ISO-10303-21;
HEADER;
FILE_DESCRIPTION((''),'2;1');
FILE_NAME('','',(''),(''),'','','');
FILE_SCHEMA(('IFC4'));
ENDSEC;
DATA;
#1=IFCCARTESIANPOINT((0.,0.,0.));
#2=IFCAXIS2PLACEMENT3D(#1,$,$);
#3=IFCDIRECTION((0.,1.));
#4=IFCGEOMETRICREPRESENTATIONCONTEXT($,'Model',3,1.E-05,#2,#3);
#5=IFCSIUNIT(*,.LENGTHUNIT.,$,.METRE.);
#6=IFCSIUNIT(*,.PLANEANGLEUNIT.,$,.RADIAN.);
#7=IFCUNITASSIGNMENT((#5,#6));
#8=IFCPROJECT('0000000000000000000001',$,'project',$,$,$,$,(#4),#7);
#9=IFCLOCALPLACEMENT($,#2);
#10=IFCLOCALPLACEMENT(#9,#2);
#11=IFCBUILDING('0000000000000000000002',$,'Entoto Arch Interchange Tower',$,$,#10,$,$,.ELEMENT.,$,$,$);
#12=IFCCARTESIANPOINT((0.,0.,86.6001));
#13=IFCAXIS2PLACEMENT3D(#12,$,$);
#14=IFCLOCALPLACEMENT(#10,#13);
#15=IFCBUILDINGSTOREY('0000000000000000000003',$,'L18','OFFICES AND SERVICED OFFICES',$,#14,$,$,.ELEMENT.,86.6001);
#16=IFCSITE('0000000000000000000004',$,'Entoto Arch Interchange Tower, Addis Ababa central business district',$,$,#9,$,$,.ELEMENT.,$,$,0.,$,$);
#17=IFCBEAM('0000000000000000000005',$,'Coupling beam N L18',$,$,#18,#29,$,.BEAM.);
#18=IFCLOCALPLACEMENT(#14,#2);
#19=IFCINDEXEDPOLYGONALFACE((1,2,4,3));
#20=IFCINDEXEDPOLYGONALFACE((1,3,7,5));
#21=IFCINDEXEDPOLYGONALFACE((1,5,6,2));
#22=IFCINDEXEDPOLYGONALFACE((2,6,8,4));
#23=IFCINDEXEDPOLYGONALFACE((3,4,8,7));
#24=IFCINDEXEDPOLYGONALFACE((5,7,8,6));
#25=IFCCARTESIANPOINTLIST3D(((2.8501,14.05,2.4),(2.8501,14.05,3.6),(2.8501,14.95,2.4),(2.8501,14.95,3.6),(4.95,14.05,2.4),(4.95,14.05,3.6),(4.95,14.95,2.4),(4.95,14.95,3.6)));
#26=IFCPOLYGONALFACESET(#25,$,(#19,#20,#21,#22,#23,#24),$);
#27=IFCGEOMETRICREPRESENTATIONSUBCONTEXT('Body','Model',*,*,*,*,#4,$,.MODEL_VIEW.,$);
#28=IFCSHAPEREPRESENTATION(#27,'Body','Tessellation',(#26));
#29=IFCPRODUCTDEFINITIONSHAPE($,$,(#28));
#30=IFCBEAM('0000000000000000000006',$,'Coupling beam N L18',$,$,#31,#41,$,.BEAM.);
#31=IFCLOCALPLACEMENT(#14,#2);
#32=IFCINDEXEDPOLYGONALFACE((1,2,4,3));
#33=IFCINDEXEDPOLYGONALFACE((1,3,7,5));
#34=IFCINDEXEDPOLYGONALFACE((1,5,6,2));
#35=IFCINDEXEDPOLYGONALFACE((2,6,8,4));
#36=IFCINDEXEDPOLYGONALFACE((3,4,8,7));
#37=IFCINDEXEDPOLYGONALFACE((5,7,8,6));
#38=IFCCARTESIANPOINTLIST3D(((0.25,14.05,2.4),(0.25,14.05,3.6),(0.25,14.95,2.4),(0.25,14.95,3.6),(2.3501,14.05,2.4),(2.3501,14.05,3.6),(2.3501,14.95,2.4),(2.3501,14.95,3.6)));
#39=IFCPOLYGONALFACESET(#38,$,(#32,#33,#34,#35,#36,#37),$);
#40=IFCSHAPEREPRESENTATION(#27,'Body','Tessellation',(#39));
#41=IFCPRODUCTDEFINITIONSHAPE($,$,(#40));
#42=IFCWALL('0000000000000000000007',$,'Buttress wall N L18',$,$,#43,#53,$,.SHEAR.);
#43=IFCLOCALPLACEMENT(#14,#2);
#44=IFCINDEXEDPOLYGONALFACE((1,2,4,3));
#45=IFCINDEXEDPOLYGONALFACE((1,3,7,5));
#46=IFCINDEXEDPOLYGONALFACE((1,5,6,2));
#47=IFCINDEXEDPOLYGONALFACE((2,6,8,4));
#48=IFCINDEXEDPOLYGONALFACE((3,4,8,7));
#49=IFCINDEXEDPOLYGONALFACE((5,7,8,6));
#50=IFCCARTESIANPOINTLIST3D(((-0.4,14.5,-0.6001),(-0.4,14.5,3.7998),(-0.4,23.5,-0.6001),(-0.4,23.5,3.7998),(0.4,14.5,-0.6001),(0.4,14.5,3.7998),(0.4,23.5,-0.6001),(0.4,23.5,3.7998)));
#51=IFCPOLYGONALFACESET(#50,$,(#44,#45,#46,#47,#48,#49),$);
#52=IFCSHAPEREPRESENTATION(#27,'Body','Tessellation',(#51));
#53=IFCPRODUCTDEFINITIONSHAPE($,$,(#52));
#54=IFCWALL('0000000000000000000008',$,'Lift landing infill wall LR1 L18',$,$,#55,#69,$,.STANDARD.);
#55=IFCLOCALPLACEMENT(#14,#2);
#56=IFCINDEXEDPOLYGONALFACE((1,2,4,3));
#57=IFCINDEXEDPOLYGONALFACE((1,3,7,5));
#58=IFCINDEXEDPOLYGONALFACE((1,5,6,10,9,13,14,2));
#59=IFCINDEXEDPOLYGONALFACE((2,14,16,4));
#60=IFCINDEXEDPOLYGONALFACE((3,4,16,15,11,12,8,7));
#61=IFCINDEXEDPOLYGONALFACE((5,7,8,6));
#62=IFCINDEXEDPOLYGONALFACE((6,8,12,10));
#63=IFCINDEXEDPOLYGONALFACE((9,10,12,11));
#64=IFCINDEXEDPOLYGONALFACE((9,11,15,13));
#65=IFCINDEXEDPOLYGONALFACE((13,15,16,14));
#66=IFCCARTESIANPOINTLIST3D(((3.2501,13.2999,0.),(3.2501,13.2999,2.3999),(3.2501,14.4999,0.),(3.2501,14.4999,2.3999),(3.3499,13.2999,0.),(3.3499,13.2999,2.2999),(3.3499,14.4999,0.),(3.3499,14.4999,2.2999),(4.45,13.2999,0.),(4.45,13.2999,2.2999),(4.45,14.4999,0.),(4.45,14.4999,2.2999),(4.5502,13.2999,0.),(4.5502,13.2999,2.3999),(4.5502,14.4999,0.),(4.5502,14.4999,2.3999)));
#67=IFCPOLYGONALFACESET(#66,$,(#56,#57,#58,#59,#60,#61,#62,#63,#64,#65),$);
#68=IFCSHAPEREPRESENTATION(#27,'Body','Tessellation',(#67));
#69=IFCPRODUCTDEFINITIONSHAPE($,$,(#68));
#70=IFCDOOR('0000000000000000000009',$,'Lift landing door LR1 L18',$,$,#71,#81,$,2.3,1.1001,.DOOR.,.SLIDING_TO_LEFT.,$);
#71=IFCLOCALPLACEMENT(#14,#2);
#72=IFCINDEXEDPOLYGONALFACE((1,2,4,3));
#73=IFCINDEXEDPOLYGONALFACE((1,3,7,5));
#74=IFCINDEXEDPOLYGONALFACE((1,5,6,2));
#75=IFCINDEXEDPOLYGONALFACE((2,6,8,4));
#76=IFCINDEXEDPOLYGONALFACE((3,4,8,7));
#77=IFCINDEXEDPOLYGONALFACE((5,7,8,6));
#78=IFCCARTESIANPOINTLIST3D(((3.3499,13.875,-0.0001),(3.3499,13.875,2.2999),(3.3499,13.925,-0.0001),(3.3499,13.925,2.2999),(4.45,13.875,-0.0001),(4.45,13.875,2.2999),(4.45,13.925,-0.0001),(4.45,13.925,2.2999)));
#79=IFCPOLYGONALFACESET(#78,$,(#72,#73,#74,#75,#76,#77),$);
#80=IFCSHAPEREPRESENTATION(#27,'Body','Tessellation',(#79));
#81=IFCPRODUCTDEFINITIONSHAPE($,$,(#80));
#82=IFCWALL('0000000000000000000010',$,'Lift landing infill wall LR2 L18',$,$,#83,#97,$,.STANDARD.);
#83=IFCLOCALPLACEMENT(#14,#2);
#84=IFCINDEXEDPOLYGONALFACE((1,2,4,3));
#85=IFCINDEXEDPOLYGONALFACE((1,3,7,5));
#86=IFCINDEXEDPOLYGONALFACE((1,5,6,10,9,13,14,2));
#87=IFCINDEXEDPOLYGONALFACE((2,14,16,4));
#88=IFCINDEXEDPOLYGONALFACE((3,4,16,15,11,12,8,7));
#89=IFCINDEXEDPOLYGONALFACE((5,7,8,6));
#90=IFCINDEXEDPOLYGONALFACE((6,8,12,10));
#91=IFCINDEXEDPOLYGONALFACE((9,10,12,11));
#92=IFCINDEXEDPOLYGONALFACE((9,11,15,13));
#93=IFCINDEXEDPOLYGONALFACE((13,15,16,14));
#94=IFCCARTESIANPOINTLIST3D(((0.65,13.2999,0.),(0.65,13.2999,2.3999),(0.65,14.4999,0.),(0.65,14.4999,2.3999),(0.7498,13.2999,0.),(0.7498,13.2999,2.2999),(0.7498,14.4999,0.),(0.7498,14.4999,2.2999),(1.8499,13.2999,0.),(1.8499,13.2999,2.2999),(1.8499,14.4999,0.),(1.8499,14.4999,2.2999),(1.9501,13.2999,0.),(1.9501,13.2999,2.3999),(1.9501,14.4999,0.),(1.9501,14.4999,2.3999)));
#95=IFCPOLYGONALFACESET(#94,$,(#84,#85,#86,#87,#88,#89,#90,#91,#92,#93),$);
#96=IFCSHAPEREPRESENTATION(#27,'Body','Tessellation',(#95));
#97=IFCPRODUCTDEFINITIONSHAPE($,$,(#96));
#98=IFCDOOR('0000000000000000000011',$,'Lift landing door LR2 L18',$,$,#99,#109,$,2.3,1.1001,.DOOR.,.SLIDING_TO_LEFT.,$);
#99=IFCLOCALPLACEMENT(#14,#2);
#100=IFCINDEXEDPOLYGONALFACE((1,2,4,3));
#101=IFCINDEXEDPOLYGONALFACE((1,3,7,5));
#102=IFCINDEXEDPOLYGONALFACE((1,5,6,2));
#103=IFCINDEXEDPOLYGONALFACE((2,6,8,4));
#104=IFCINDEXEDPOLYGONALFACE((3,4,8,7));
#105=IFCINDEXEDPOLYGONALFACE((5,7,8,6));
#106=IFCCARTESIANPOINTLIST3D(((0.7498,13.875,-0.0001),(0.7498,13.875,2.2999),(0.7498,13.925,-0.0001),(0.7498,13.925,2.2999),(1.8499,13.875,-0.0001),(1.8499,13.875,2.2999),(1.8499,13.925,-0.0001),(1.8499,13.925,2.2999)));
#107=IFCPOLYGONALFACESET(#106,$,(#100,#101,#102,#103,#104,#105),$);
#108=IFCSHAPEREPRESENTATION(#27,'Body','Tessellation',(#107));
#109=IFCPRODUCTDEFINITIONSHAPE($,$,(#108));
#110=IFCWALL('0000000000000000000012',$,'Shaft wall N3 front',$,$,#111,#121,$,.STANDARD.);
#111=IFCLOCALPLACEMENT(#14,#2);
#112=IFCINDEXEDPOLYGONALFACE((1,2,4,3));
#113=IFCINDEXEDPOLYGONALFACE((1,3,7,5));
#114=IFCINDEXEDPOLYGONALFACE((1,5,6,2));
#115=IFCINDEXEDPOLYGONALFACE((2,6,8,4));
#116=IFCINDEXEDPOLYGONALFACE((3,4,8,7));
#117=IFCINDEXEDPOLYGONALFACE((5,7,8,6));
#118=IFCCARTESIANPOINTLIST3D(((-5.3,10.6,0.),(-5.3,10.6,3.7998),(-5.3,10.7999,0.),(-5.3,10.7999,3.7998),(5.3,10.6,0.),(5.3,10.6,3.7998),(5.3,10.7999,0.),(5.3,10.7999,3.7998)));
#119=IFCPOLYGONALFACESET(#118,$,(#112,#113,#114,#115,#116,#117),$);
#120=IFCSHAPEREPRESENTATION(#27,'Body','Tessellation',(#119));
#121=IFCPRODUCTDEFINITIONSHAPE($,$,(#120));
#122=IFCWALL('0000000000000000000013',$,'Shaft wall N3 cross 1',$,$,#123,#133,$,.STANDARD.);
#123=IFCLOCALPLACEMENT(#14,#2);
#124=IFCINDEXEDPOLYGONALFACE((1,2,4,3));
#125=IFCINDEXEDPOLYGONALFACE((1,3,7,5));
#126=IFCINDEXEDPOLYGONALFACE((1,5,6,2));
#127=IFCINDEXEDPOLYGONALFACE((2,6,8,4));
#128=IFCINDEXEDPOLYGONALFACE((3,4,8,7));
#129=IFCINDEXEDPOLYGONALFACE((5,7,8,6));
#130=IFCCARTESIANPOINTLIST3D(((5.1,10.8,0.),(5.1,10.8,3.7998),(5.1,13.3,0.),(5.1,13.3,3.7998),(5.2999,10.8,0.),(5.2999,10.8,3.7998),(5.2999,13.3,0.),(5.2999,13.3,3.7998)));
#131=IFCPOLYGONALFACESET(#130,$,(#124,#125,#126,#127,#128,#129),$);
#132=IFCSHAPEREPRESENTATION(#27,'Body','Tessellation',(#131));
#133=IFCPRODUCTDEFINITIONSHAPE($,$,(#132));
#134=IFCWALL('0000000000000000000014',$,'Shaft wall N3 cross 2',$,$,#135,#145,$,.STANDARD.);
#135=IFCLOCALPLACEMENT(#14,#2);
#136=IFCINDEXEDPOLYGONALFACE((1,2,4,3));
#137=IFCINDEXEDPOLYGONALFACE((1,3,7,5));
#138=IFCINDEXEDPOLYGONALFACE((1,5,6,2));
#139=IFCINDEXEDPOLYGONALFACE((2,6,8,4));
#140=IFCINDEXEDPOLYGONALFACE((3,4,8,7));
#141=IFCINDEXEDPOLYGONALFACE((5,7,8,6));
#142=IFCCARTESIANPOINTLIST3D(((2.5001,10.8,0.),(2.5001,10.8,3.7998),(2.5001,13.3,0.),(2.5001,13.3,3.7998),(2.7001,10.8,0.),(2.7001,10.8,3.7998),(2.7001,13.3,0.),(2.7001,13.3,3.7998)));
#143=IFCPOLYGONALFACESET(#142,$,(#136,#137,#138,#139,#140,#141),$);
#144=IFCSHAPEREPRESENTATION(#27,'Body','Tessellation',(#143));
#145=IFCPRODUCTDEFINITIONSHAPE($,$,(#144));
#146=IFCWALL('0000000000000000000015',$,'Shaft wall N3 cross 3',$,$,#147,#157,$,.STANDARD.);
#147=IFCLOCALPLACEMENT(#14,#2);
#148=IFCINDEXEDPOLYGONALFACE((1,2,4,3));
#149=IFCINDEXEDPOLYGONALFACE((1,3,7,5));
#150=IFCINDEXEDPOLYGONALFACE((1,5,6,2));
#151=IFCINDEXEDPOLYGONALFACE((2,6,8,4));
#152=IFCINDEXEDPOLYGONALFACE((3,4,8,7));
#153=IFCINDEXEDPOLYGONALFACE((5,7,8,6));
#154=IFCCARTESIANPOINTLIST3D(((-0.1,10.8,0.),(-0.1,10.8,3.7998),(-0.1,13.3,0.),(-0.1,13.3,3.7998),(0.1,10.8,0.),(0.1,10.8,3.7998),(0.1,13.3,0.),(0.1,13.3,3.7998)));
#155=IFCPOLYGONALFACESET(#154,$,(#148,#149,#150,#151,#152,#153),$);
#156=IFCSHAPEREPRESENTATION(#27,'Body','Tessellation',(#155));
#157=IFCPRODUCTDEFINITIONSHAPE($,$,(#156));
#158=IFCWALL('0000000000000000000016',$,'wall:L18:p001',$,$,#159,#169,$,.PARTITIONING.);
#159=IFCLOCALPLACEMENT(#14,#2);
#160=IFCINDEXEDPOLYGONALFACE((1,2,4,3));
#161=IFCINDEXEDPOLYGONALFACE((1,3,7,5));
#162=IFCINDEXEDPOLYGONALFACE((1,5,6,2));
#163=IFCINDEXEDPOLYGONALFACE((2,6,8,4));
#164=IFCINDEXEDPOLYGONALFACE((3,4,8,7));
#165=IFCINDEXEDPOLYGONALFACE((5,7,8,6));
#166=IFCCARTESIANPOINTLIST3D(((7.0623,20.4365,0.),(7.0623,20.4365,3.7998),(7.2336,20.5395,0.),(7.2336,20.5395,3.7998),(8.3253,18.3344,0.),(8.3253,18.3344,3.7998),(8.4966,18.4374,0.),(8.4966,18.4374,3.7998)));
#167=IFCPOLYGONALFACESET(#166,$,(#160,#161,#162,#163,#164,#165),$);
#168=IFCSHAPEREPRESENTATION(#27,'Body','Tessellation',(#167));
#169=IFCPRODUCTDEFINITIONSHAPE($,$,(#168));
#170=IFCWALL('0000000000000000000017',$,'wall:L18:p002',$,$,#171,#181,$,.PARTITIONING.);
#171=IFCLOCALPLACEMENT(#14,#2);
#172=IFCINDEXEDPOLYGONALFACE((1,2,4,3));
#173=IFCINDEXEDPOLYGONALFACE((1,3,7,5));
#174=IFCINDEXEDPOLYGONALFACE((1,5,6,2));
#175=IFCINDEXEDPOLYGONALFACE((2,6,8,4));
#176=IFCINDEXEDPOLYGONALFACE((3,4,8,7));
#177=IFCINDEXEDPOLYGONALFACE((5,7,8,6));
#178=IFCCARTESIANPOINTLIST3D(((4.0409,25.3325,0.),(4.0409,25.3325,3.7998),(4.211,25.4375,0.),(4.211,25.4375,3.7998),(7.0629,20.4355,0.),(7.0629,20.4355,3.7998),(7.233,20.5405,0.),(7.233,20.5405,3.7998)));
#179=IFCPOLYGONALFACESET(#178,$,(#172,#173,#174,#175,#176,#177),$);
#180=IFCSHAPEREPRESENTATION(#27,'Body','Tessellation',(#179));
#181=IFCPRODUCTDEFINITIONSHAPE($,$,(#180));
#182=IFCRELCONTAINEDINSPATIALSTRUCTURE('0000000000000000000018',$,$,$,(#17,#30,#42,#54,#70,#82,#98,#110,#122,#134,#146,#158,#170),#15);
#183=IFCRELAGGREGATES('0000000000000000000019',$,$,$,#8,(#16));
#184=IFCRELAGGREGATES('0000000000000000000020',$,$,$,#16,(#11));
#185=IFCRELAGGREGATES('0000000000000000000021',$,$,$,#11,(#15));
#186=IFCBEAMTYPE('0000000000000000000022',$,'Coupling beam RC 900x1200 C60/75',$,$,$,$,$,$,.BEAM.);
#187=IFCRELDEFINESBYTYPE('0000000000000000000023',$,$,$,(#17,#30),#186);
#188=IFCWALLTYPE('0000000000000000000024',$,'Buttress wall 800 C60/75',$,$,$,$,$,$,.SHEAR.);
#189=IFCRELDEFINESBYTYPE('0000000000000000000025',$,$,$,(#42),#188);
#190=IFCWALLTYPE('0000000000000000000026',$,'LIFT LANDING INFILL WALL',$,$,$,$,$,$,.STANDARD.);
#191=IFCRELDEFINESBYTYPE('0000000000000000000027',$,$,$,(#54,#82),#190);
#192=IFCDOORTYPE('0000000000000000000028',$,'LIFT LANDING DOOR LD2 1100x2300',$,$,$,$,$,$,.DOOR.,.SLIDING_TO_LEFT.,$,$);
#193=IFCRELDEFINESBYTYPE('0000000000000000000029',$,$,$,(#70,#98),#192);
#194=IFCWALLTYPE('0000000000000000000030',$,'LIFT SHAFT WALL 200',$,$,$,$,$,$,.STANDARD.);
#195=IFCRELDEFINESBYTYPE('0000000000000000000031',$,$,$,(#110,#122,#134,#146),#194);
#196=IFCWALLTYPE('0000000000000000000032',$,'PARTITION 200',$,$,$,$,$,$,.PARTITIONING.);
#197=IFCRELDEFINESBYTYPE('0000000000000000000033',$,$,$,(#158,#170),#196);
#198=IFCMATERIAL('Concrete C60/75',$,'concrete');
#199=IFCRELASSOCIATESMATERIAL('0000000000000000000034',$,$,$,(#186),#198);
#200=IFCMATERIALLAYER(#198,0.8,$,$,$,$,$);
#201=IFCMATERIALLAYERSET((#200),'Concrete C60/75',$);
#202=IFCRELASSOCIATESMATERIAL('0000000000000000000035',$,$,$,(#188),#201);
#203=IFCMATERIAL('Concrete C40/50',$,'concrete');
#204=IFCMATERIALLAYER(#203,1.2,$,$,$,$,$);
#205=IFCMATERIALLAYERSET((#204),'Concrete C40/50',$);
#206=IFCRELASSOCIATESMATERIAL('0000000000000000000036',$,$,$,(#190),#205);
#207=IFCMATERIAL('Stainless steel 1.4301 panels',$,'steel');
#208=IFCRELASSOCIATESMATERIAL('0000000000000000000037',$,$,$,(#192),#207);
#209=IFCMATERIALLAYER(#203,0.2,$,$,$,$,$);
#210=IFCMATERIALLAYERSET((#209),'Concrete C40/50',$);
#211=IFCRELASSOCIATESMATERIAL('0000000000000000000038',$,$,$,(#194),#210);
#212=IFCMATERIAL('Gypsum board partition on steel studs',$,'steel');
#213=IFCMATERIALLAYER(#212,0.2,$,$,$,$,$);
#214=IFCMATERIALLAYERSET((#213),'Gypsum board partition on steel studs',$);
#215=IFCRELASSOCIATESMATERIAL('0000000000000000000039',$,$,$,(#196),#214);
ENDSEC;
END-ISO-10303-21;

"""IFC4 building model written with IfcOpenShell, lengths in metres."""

from ifc_helpers import new_model, si_unit, direction, frame, frame_2d, origin, origin_2d, place, context, subcontext, project, spatial, rectangle, extrude, material, layer, layer_set, material_profile, profile_set, type_object, element, fill, save


model = new_model("IFC4")

# Units and contexts
model_context = context("Model", 3, precision=1e-05, world=origin(), true_north=direction((0.0, 1.0)))
body_context = subcontext(model_context, "Body", "Model", "MODEL_VIEW")
ifc_project = project(units=[si_unit("LENGTHUNIT", "METRE"), si_unit("PLANEANGLEUNIT", "RADIAN")], contexts=[model_context])

# Site, building, storey
site_placement = place(None, origin())
site = spatial("IfcSite", under=ifc_project, at=site_placement, Name="Entoto Arch Interchange Tower, Addis Ababa central business district", CompositionType="ELEMENT", RefElevation=0.0)
building_placement = place(site_placement, origin())
building = spatial("IfcBuilding", under=site, at=building_placement, Name="Entoto Arch Interchange Tower", CompositionType="ELEMENT")
storey_placement = place(building_placement, frame((0.0, 0.0, 86.6001)))
storey = spatial("IfcBuildingStorey", under=building, at=storey_placement, Name="L18", Description="OFFICES AND SERVICED OFFICES", CompositionType="ELEMENT", Elevation=86.6001)

# Beams
ifc_material_1 = material(Name="Concrete C60/75", Category="concrete")
ifc_material_profile = material_profile(ifc_material_1, rectangle(XDim=0.8999, YDim=1.2, at=origin_2d()))
ifc_profile_set = profile_set([ifc_material_profile], Name="Concrete C60/75")
beam_type = type_object("IfcBeamType", Name="Coupling beam RC 900x1200 C60/75", PredefinedType="BEAM", material=ifc_profile_set)
beam_1_placement = place(storey_placement, frame((4.95, 14.5, 3.0), z_axis=(-1.0, 0.0, 0.0), x_axis=(0.0, -1.0, 0.0)))
element("IfcBeam", 1, at=beam_1_placement, inside=storey, type_object=beam_type, Name="Coupling beam N L18", PredefinedType="BEAM", context=body_context, shape_type="SweptSolid", body=[
    extrude(rectangle(XDim=0.8999, YDim=1.2, at=origin_2d()), origin(), (0.0, 0.0, 1.0), 2.0999),
])
beam_2_placement = place(storey_placement, frame((2.3501, 14.5, 3.0), z_axis=(-1.0, 0.0, 0.0), x_axis=(0.0, -1.0, 0.0)))
element("IfcBeam", 2, at=beam_2_placement, inside=storey, type_object=beam_type, Name="Coupling beam N L18", PredefinedType="BEAM", context=body_context, shape_type="SweptSolid", body=[
    extrude(rectangle(XDim=0.8999, YDim=1.2, at=origin_2d()), origin(), (0.0, 0.0, 1.0), 2.1001),
])

# Wall
ifc_layer_1 = layer(ifc_material_1, 0.8)
ifc_layer_set_1 = layer_set([ifc_layer_1], Name="Concrete C60/75")
wall_type_1 = type_object("IfcWallType", Name="Buttress wall 800 C60/75", PredefinedType="SHEAR", material=ifc_layer_set_1)
wall_1_placement = place(storey_placement, frame((0.0, 14.5, -0.6001), z_axis=(0.0, 0.0, 1.0), x_axis=(0.0, 1.0, 0.0)))
element("IfcWall", 3, at=wall_1_placement, inside=storey, type_object=wall_type_1, Name="Buttress wall N L18", PredefinedType="SHEAR", context=body_context, shape_type="SweptSolid", body=[
    extrude(rectangle(XDim=9.0, YDim=0.8, at=frame_2d((4.5, 0.0))), origin(), (0.0, 0.0, 1.0), 4.3999),
])

# Walls, openings, doors
ifc_material_2 = material(Name="Concrete C40/50", Category="concrete")
ifc_layer_2 = layer(ifc_material_2, 1.2)
ifc_layer_set_2 = layer_set([ifc_layer_2], Name="Concrete C40/50")
wall_type_2 = type_object("IfcWallType", Name="LIFT LANDING INFILL WALL", PredefinedType="STANDARD", material=ifc_layer_set_2)
wall_2_placement = place(storey_placement, frame((4.55, 13.8999, 0.0), z_axis=(0.0, 0.0, 1.0), x_axis=(-1.0, 0.0, 0.0)))
wall_2 = element("IfcWall", 4, at=wall_2_placement, inside=storey, type_object=wall_type_2, Name="Lift landing infill wall LR1 L18", PredefinedType="STANDARD", context=body_context, shape_type="SweptSolid", body=[
    extrude(rectangle(XDim=1.3, YDim=1.2, at=frame_2d((0.6499, 0.0))), origin(), (0.0, 0.0, 1.0), 2.3999),
])
opening_1_placement = place(wall_2_placement, frame((0.1001, 0.0, 0.0)))
opening_1 = element("IfcOpeningElement", 5, at=opening_1_placement, cuts=wall_2, PredefinedType="OPENING", context=body_context, shape_type="SweptSolid", body=[
    extrude(rectangle(XDim=1.1001, YDim=2.3, at=frame_2d((0.55, 1.1499))), frame((0.0, 0.6099, 0.0), z_axis=(0.0, -1.0, 0.0), x_axis=(1.0, 0.0, 0.0)), (0.0, 0.0, 1.0), 1.22),
])
ifc_material_3 = material(Name="Stainless steel 1.4301 panels", Category="steel")
door_type_1 = type_object("IfcDoorType", Name="LIFT LANDING DOOR LD2 1100x2300", OperationType="SLIDING_TO_LEFT", PredefinedType="DOOR", material=ifc_material_3)
door_1_placement = place(opening_1_placement, origin())
door_1 = element("IfcDoor", 6, at=door_1_placement, inside=storey, type_object=door_type_1, Name="Lift landing door LR1 L18", OperationType="SLIDING_TO_LEFT", OverallHeight=2.3, OverallWidth=1.1001, PredefinedType="DOOR", context=body_context, shape_type="SweptSolid", body=[
    extrude(rectangle(XDim=1.1001, YDim=2.3, at=frame_2d((0.55, 1.1499))), frame((0.0, 0.0249, 0.0), z_axis=(0.0, -1.0, 0.0), x_axis=(1.0, 0.0, 0.0)), (0.0, 0.0, 1.0), 0.05),
])
fill(opening_1, door_1)
wall_3_placement = place(storey_placement, frame((1.95, 13.8999, 0.0), z_axis=(0.0, 0.0, 1.0), x_axis=(-1.0, 0.0, 0.0)))
wall_3 = element("IfcWall", 7, at=wall_3_placement, inside=storey, type_object=wall_type_2, Name="Lift landing infill wall LR2 L18", PredefinedType="STANDARD", context=body_context, shape_type="SweptSolid", body=[
    extrude(rectangle(XDim=1.3, YDim=1.2, at=frame_2d((0.6499, 0.0))), origin(), (0.0, 0.0, 1.0), 2.3999),
])
opening_2_placement = place(wall_3_placement, frame((0.1001, 0.0, 0.0)))
opening_2 = element("IfcOpeningElement", 8, at=opening_2_placement, cuts=wall_3, PredefinedType="OPENING", context=body_context, shape_type="SweptSolid", body=[
    extrude(rectangle(XDim=1.1001, YDim=2.3, at=frame_2d((0.55, 1.1499))), frame((0.0, 0.6099, 0.0), z_axis=(0.0, -1.0, 0.0), x_axis=(1.0, 0.0, 0.0)), (0.0, 0.0, 1.0), 1.22),
])
door_2_placement = place(opening_2_placement, origin())
door_2 = element("IfcDoor", 9, at=door_2_placement, inside=storey, type_object=door_type_1, Name="Lift landing door LR2 L18", OperationType="SLIDING_TO_LEFT", OverallHeight=2.3, OverallWidth=1.1001, PredefinedType="DOOR", context=body_context, shape_type="SweptSolid", body=[
    extrude(rectangle(XDim=1.1001, YDim=2.3, at=frame_2d((0.55, 1.1499))), frame((0.0, 0.0249, 0.0), z_axis=(0.0, -1.0, 0.0), x_axis=(1.0, 0.0, 0.0)), (0.0, 0.0, 1.0), 0.05),
])
fill(opening_2, door_2)

# Walls
ifc_layer_3 = layer(ifc_material_2, 0.2)
ifc_layer_set_3 = layer_set([ifc_layer_3], Name="Concrete C40/50")
wall_type_3 = type_object("IfcWallType", Name="LIFT SHAFT WALL 200", PredefinedType="STANDARD", material=ifc_layer_set_3)
wall_4_placement = place(storey_placement, frame((5.3, 10.7, 0.0), z_axis=(0.0, 0.0, 1.0), x_axis=(-1.0, 0.0, 0.0)))
element("IfcWall", 10, at=wall_4_placement, inside=storey, type_object=wall_type_3, Name="Shaft wall N3 front", PredefinedType="STANDARD", context=body_context, shape_type="SweptSolid", body=[
    extrude(rectangle(XDim=10.6001, YDim=0.2, at=frame_2d((5.3, 0.0))), origin(), (0.0, 0.0, 1.0), 3.7998),
])
for number, where, z_axis, x_axis, name in (
    (11, (5.2, 10.8, 0.0), (0.0, 0.0, 1.0), (0.0, 1.0, 0.0), "Shaft wall N3 cross 1"),
    (12, (2.6001, 10.8, 0.0), (0.0, 0.0, 1.0), (0.0, 1.0, 0.0), "Shaft wall N3 cross 2"),
    (13, (0.0, 10.8, 0.0), (0.0, 0.0, 1.0), (0.0, 1.0, 0.0), "Shaft wall N3 cross 3"),
):
    element("IfcWall", number, at=place(storey_placement, frame(where, z_axis=z_axis, x_axis=x_axis)), inside=storey, type_object=wall_type_3, Name=name, PredefinedType="STANDARD", context=body_context, shape_type="SweptSolid", body=[
        extrude(rectangle(XDim=2.5, YDim=0.2, at=frame_2d((1.25, 0.0))), origin(), (0.0, 0.0, 1.0), 3.7998),
    ])
ifc_material_4 = material(Name="Gypsum board partition on steel studs", Category="steel")
ifc_layer_4 = layer(ifc_material_4, 0.2)
ifc_layer_set_4 = layer_set([ifc_layer_4], Name="Gypsum board partition on steel studs")
wall_type_4 = type_object("IfcWallType", Name="PARTITION 200", PredefinedType="PARTITIONING", material=ifc_layer_set_4)
wall_5_placement = place(storey_placement, frame((8.4109, 18.386, 0.0), z_axis=(0.0, 0.0, 1.0), x_axis=(-0.515008, 0.857185, 0.0)))
element("IfcWall", 14, at=wall_5_placement, inside=storey, type_object=wall_type_4, Name="wall:L18:p001", PredefinedType="PARTITIONING", context=body_context, shape_type="SweptSolid", body=[
    extrude(rectangle(XDim=2.4524, YDim=0.2, at=frame_2d((1.2261, 0.0))), origin(), (0.0, 0.0, 1.0), 3.7998),
])
wall_6_placement = place(storey_placement, frame((7.1479, 20.488, 0.0), z_axis=(0.0, 0.0, 1.0), x_axis=(-0.525162, 0.851002, 0.0)))
element("IfcWall", 15, at=wall_6_placement, inside=storey, type_object=wall_type_4, Name="wall:L18:p002", PredefinedType="PARTITIONING", context=body_context, shape_type="SweptSolid", body=[
    extrude(rectangle(XDim=5.7544, YDim=0.2, at=frame_2d((2.8772, 0.0))), origin(), (0.0, 0.0, 1.0), 3.7998),
])

save(model, "model.ifc")
